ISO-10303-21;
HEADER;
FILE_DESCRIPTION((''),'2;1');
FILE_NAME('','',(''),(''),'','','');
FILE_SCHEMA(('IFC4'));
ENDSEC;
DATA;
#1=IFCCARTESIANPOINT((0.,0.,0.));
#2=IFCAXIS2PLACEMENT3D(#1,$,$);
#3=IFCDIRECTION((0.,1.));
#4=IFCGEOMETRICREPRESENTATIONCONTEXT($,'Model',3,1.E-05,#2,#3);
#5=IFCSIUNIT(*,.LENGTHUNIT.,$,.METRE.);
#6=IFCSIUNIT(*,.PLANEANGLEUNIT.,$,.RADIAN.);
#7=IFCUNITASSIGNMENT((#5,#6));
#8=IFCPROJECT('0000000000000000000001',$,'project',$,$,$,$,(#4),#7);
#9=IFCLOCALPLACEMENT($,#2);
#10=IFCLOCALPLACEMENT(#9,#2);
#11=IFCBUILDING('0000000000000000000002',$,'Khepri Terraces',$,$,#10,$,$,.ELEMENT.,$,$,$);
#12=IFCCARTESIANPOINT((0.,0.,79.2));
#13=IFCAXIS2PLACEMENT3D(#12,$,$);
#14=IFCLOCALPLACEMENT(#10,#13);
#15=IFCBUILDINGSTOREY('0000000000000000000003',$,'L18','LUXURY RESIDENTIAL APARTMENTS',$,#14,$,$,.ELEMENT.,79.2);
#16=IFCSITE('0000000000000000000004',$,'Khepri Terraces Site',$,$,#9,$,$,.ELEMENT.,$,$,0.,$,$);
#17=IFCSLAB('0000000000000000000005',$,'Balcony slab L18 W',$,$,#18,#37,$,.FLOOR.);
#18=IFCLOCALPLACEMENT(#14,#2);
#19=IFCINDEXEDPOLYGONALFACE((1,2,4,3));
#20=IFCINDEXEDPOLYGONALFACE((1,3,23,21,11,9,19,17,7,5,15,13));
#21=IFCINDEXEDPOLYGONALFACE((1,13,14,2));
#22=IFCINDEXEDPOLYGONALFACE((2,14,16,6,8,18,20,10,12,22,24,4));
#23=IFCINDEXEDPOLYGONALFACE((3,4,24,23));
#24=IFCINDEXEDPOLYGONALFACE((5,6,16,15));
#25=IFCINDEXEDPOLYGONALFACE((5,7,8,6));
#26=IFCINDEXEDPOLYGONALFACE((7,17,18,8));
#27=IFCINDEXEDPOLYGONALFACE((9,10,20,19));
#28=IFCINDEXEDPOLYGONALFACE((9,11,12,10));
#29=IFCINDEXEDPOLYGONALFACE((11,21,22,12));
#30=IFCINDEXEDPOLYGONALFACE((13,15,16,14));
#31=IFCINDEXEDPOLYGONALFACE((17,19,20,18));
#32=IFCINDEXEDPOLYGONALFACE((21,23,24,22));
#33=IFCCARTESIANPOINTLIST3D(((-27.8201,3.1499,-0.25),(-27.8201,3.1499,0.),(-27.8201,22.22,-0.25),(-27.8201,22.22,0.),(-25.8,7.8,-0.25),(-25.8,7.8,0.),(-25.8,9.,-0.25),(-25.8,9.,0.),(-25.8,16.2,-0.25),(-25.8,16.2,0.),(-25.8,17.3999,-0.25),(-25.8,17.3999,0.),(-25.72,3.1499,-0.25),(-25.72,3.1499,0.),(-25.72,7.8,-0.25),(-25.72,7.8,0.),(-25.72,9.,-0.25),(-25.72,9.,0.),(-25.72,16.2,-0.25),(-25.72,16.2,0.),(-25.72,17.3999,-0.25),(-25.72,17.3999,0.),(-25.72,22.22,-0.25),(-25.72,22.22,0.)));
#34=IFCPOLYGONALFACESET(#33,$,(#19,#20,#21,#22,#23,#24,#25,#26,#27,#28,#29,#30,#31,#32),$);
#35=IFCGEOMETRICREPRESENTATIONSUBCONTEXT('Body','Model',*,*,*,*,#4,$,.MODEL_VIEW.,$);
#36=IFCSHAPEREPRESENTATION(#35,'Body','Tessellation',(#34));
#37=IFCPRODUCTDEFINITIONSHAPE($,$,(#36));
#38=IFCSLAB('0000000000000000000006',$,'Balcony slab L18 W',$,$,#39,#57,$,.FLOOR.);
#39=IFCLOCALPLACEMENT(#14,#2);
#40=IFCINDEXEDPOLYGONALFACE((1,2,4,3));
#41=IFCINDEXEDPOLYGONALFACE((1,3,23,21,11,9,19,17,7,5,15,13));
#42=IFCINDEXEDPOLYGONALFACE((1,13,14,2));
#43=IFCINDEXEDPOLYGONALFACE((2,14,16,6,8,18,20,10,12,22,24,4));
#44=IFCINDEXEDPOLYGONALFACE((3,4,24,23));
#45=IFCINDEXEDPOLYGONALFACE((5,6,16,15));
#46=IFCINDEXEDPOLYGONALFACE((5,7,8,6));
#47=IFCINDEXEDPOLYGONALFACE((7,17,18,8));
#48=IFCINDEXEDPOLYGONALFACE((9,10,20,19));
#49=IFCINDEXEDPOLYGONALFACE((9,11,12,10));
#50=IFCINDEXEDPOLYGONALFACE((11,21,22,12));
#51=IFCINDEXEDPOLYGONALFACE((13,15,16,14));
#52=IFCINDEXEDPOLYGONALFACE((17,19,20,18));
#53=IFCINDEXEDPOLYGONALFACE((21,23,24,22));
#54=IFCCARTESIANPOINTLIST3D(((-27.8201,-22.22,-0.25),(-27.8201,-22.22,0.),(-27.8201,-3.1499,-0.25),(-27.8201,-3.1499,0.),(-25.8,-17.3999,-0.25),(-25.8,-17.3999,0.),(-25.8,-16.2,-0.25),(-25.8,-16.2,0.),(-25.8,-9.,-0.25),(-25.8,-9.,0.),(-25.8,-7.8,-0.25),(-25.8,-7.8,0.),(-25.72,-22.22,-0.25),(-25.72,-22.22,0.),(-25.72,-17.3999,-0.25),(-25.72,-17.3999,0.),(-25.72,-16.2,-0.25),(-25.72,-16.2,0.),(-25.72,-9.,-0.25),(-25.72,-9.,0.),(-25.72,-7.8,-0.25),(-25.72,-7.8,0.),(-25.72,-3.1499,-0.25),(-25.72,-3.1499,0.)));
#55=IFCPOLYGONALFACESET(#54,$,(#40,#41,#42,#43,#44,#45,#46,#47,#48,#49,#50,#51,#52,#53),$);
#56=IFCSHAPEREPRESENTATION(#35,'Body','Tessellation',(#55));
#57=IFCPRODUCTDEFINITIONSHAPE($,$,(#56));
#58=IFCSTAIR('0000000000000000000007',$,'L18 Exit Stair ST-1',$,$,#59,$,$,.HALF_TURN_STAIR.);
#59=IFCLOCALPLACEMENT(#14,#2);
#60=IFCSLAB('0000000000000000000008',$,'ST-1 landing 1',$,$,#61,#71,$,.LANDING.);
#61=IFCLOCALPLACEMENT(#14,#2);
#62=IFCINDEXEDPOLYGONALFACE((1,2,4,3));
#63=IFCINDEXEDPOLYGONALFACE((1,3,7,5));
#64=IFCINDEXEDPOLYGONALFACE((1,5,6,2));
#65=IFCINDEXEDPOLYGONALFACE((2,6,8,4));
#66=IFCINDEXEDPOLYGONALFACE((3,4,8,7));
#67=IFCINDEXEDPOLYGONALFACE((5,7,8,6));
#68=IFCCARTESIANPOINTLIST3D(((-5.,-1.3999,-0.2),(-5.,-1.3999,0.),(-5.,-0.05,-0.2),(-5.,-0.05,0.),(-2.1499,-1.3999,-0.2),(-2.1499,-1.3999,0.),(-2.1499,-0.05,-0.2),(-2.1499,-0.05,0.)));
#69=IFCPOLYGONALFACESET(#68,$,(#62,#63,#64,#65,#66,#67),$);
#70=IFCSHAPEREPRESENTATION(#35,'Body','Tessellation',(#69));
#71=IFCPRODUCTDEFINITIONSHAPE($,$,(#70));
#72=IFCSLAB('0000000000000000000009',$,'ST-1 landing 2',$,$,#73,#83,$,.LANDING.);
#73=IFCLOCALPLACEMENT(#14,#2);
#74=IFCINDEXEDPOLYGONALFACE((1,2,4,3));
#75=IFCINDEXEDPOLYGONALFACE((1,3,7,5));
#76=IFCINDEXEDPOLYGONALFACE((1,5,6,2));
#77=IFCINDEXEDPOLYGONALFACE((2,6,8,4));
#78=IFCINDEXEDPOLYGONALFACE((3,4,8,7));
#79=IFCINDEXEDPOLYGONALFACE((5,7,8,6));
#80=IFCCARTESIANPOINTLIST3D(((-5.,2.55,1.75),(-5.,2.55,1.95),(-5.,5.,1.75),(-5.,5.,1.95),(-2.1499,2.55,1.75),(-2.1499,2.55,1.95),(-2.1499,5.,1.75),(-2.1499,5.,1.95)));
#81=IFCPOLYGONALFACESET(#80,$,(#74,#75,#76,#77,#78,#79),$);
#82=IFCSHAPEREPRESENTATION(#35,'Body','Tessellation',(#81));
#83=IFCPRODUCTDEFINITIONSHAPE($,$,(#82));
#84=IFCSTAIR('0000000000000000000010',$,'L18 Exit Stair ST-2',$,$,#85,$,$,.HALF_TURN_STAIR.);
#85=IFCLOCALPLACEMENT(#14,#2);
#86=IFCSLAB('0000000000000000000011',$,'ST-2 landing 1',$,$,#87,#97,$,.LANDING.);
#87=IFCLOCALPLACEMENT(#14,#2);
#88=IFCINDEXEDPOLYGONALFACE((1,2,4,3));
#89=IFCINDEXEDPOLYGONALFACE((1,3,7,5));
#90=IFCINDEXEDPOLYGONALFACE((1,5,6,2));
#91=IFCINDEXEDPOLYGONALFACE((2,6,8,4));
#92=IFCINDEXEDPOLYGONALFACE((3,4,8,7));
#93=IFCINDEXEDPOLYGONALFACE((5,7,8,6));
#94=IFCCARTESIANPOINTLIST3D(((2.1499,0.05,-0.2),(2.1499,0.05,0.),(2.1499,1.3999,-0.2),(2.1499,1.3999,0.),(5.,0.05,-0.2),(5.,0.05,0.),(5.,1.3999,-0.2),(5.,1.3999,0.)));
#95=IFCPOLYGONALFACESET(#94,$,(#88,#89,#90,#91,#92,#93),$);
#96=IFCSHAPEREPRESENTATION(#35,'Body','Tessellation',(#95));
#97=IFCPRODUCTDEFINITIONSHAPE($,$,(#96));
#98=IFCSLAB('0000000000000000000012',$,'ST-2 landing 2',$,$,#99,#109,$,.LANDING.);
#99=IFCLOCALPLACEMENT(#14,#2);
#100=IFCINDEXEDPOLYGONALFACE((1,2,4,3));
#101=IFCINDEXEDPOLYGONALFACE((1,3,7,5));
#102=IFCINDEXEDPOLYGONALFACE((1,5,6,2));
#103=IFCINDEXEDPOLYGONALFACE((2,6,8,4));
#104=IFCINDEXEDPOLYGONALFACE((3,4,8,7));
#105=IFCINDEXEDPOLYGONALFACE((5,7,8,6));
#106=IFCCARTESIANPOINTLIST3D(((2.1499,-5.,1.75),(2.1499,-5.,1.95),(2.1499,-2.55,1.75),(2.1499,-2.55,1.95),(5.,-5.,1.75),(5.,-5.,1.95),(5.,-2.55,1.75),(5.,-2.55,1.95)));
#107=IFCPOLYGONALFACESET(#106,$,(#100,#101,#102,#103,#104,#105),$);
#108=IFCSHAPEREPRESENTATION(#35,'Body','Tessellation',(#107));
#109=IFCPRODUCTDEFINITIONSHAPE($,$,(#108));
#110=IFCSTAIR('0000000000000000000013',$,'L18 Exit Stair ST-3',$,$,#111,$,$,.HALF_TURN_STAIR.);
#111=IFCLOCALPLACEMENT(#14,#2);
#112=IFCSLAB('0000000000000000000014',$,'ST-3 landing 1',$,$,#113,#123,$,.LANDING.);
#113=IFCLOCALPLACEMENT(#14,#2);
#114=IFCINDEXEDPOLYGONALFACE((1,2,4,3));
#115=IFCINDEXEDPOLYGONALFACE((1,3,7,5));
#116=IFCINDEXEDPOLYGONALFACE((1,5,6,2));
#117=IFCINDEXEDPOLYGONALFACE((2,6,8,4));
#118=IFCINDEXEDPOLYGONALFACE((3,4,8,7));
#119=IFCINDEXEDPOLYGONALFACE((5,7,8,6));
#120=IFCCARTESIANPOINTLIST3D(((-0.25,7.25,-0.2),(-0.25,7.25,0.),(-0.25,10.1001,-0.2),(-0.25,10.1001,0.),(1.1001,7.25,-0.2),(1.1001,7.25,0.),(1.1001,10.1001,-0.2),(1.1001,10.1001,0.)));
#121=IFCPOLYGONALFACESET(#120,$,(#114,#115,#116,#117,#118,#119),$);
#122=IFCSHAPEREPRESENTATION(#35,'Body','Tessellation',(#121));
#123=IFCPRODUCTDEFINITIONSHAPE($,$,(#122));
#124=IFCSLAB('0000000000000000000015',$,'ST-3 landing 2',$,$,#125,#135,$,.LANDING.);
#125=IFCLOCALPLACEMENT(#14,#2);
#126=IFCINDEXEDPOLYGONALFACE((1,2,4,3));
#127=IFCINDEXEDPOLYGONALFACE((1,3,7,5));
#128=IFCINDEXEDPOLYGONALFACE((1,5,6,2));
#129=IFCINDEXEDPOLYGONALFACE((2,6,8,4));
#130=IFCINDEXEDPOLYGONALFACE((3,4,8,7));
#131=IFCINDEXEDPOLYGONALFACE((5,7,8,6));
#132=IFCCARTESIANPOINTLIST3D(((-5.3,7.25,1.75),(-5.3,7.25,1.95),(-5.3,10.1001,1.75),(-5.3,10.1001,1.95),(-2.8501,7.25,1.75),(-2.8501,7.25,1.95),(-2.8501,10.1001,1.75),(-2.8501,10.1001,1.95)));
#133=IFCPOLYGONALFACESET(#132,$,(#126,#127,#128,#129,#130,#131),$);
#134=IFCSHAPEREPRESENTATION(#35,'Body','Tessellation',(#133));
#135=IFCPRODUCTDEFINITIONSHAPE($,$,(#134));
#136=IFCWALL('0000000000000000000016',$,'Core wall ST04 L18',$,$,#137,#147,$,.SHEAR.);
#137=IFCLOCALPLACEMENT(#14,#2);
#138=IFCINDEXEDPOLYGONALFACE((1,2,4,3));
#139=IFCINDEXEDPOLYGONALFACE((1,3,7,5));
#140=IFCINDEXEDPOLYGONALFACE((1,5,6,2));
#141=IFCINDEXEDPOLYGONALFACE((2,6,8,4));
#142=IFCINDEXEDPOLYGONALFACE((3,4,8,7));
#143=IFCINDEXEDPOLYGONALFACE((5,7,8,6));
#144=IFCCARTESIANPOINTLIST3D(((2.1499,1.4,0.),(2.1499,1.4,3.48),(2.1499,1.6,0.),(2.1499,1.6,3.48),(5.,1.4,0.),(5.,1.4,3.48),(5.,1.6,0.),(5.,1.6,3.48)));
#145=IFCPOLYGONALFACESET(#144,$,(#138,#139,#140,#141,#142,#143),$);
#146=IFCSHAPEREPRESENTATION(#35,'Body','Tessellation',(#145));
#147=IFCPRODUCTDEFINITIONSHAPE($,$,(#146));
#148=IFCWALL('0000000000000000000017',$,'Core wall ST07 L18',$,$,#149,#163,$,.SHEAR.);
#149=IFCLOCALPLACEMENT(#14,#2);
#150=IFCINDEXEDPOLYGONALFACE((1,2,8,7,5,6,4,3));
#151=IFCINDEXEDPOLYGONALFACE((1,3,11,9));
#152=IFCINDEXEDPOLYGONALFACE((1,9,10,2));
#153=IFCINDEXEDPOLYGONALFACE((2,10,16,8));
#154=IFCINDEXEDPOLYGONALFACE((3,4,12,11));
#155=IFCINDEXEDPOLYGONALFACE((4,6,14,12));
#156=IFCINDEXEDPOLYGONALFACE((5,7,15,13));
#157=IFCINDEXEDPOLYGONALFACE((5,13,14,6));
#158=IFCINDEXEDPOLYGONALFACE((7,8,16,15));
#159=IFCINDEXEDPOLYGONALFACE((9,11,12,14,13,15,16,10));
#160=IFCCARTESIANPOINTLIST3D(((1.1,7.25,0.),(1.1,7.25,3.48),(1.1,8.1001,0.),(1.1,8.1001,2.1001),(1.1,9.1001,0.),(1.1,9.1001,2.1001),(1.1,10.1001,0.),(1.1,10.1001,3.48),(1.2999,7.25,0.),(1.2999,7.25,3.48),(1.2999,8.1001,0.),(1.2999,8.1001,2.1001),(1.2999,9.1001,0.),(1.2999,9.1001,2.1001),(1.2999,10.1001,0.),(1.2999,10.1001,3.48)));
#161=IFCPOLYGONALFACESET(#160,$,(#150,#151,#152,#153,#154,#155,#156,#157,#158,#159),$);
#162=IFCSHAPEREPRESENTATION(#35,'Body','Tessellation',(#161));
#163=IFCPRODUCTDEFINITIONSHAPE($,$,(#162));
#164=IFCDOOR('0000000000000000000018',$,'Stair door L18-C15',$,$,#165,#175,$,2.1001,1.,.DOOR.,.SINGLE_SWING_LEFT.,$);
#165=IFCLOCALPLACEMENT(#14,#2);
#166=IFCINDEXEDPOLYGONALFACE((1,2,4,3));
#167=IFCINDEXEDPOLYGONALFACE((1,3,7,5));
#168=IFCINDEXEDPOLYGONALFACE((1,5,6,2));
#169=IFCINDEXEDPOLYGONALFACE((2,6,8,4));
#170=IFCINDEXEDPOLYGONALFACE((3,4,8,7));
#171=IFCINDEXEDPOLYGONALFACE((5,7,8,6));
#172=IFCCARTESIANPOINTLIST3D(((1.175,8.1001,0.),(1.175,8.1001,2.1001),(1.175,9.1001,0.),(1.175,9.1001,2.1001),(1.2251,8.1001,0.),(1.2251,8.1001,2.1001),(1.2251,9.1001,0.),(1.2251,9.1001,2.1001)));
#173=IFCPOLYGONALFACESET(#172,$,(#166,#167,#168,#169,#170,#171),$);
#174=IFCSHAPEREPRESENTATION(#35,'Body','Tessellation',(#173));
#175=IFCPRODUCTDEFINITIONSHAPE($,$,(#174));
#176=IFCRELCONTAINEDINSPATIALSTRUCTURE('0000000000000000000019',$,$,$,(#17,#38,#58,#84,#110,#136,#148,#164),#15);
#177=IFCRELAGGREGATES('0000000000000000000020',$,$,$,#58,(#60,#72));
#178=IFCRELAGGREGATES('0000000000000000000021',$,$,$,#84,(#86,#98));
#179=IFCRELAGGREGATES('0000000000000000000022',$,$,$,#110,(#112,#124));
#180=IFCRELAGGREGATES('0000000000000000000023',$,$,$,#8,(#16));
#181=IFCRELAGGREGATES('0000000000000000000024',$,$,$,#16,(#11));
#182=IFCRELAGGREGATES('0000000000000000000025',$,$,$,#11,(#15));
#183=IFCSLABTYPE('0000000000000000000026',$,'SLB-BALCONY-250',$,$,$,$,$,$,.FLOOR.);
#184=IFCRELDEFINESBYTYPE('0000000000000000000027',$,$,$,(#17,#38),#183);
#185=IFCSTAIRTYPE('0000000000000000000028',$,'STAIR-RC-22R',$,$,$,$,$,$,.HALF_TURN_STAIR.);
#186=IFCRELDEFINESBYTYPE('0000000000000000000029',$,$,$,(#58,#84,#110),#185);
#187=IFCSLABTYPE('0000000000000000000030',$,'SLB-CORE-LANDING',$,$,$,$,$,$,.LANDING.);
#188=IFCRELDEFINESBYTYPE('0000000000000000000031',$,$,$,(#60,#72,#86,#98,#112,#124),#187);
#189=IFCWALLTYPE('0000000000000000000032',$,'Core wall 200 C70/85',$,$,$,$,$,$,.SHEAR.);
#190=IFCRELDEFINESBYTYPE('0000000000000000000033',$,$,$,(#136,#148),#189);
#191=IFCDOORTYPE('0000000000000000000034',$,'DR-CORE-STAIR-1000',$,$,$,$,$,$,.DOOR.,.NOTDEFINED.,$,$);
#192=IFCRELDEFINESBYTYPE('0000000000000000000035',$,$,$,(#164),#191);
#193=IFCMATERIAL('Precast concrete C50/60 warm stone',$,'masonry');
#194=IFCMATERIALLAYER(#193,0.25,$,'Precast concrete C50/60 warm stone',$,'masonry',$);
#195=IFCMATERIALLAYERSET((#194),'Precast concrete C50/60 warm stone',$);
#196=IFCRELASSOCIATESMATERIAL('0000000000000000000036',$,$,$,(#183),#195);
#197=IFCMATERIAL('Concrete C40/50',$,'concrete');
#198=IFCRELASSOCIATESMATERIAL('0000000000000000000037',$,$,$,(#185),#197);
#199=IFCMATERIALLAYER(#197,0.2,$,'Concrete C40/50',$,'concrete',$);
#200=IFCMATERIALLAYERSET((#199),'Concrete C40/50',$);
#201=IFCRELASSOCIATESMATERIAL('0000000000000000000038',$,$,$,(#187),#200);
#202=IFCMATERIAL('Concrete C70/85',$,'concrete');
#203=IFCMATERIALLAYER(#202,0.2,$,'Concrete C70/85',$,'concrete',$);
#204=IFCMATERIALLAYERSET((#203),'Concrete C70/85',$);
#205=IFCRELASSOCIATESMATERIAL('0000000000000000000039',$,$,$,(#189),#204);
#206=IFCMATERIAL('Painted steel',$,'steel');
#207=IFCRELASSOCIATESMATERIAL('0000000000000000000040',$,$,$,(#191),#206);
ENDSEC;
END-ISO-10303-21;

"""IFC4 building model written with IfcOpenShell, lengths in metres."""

from ifc_helpers import new_model, si_unit, direction, frame, frame_2d, origin, place, context, subcontext, project, spatial, polyline, rectangle, outline, extrude, material, layer, layer_set, type_object, element, fill, aggregate, save


model = new_model("IFC4")

# Units and contexts
model_context = context("Model", 3, precision=1e-05, world=origin(), true_north=direction((0.0, 1.0)))
body_context = subcontext(model_context, "Body", "Model", "MODEL_VIEW")
ifc_project = project(units=[si_unit("LENGTHUNIT", "METRE"), si_unit("PLANEANGLEUNIT", "RADIAN")], contexts=[model_context])

# Site, building, storey
site_placement = place(None, origin())
site = spatial("IfcSite", under=ifc_project, at=site_placement, Name="Khepri Terraces Site", CompositionType="ELEMENT", RefElevation=0.0)
building_placement = place(site_placement, origin())
building = spatial("IfcBuilding", under=site, at=building_placement, Name="Khepri Terraces", CompositionType="ELEMENT")
storey_placement = place(building_placement, frame((0.0, 0.0, 79.2)))
storey = spatial("IfcBuildingStorey", under=building, at=storey_placement, Name="L18", Description="LUXURY RESIDENTIAL APARTMENTS", CompositionType="ELEMENT", Elevation=79.2)

# Slabs
ifc_material_1 = material(Name="Precast concrete C50/60 warm stone", Category="masonry")
ifc_layer_1 = layer(ifc_material_1, 0.25, Name="Precast concrete C50/60 warm stone", Category="masonry")
ifc_layer_set_1 = layer_set([ifc_layer_1], Name="Precast concrete C50/60 warm stone")
slab_type_1 = type_object("IfcSlabType", Name="SLB-BALCONY-250", PredefinedType="FLOOR", material=ifc_layer_set_1)
slab_1_placement = place(storey_placement, frame((0.0, 0.0, -0.25)))
element("IfcSlab", 1, at=slab_1_placement, inside=storey, type_object=slab_type_1, Name="Balcony slab L18 W", PredefinedType="FLOOR", context=body_context, shape_type="SweptSolid", body=[
    extrude(outline(polyline([(-25.72, 17.3999), (-25.72, 22.22), (-27.8201, 22.22), (-27.8201, 3.1499), (-25.72, 3.1499), (-25.72, 7.8), (-25.8, 7.8), (-25.8, 9.0), (-25.72, 9.0), (-25.72, 16.2), (-25.8, 16.2), (-25.8, 17.3999), (-25.72, 17.3999)])), origin(), (0.0, 0.0, 1.0), 0.25),
])
slab_2_placement = place(storey_placement, frame((0.0, 0.0, -0.25)))
element("IfcSlab", 2, at=slab_2_placement, inside=storey, type_object=slab_type_1, Name="Balcony slab L18 W", PredefinedType="FLOOR", context=body_context, shape_type="SweptSolid", body=[
    extrude(outline(polyline([(-25.72, -7.8), (-25.72, -3.1499), (-27.8201, -3.1499), (-27.8201, -22.22), (-25.72, -22.22), (-25.72, -17.3999), (-25.8, -17.3999), (-25.8, -16.2), (-25.72, -16.2), (-25.72, -9.0), (-25.8, -9.0), (-25.8, -7.8), (-25.72, -7.8)])), origin(), (0.0, 0.0, 1.0), 0.25),
])

# Stairs, slabs
ifc_material_2 = material(Name="Concrete C40/50", Category="concrete")
stair_type = type_object("IfcStairType", Name="STAIR-RC-22R", PredefinedType="HALF_TURN_STAIR", material=ifc_material_2)
stair_1_placement = place(storey_placement, origin())
stair_1 = element("IfcStair", 3, at=stair_1_placement, inside=storey, type_object=stair_type, Name="L18 Exit Stair ST-1", PredefinedType="HALF_TURN_STAIR")
ifc_layer_2 = layer(ifc_material_2, 0.2, Name="Concrete C40/50", Category="concrete")
ifc_layer_set_2 = layer_set([ifc_layer_2], Name="Concrete C40/50")
slab_type_2 = type_object("IfcSlabType", Name="SLB-CORE-LANDING", PredefinedType="LANDING", material=ifc_layer_set_2)
slab_3_placement = place(storey_placement, frame((0.0, 0.0, -0.2)))
slab_3 = element("IfcSlab", 4, at=slab_3_placement, type_object=slab_type_2, Name="ST-1 landing 1", PredefinedType="LANDING", context=body_context, shape_type="SweptSolid", body=[
    extrude(outline(polyline([(-2.1499, -1.3999), (-2.1499, -0.05), (-5.0, -0.05), (-5.0, -1.3999), (-2.1499, -1.3999)])), origin(), (0.0, 0.0, 1.0), 0.2),
])
slab_4_placement = place(storey_placement, frame((0.0, 0.0, 1.75)))
slab_4 = element("IfcSlab", 5, at=slab_4_placement, type_object=slab_type_2, Name="ST-1 landing 2", PredefinedType="LANDING", context=body_context, shape_type="SweptSolid", body=[
    extrude(outline(polyline([(-2.1499, 2.55), (-2.1499, 5.0), (-5.0, 5.0), (-5.0, 2.55), (-2.1499, 2.55)])), origin(), (0.0, 0.0, 1.0), 0.2),
])
aggregate(stair_1, [slab_3, slab_4])
stair_2_placement = place(storey_placement, origin())
stair_2 = element("IfcStair", 6, at=stair_2_placement, inside=storey, type_object=stair_type, Name="L18 Exit Stair ST-2", PredefinedType="HALF_TURN_STAIR")
slab_5_placement = place(storey_placement, frame((0.0, 0.0, -0.2)))
slab_5 = element("IfcSlab", 7, at=slab_5_placement, type_object=slab_type_2, Name="ST-2 landing 1", PredefinedType="LANDING", context=body_context, shape_type="SweptSolid", body=[
    extrude(outline(polyline([(2.1499, 1.3999), (2.1499, 0.05), (5.0, 0.05), (5.0, 1.3999), (2.1499, 1.3999)])), origin(), (0.0, 0.0, 1.0), 0.2),
])
slab_6_placement = place(storey_placement, frame((0.0, 0.0, 1.75)))
slab_6 = element("IfcSlab", 8, at=slab_6_placement, type_object=slab_type_2, Name="ST-2 landing 2", PredefinedType="LANDING", context=body_context, shape_type="SweptSolid", body=[
    extrude(outline(polyline([(2.1499, -2.55), (2.1499, -5.0), (5.0, -5.0), (5.0, -2.55), (2.1499, -2.55)])), origin(), (0.0, 0.0, 1.0), 0.2),
])
aggregate(stair_2, [slab_5, slab_6])
stair_3_placement = place(storey_placement, origin())
stair_3 = element("IfcStair", 9, at=stair_3_placement, inside=storey, type_object=stair_type, Name="L18 Exit Stair ST-3", PredefinedType="HALF_TURN_STAIR")
slab_7_placement = place(storey_placement, frame((0.0, 0.0, -0.2)))
slab_7 = element("IfcSlab", 10, at=slab_7_placement, type_object=slab_type_2, Name="ST-3 landing 1", PredefinedType="LANDING", context=body_context, shape_type="SweptSolid", body=[
    extrude(outline(polyline([(1.1001, 10.1001), (-0.25, 10.1001), (-0.25, 7.25), (1.1001, 7.25), (1.1001, 10.1001)])), origin(), (0.0, 0.0, 1.0), 0.2),
])
slab_8_placement = place(storey_placement, frame((0.0, 0.0, 1.75)))
slab_8 = element("IfcSlab", 11, at=slab_8_placement, type_object=slab_type_2, Name="ST-3 landing 2", PredefinedType="LANDING", context=body_context, shape_type="SweptSolid", body=[
    extrude(outline(polyline([(-2.8501, 10.1001), (-5.3, 10.1001), (-5.3, 7.25), (-2.8501, 7.25), (-2.8501, 10.1001)])), origin(), (0.0, 0.0, 1.0), 0.2),
])
aggregate(stair_3, [slab_7, slab_8])

# Wall
ifc_material_3 = material(Name="Concrete C70/85", Category="concrete")
ifc_layer_3 = layer(ifc_material_3, 0.2, Name="Concrete C70/85", Category="concrete")
ifc_layer_set_3 = layer_set([ifc_layer_3], Name="Concrete C70/85")
wall_type = type_object("IfcWallType", Name="Core wall 200 C70/85", PredefinedType="SHEAR", material=ifc_layer_set_3)
wall_1_placement = place(storey_placement, frame((2.1499, 1.5, 0.0), z_axis=(0.0, 0.0, 1.0), x_axis=(1.0, 0.0, 0.0)))
element("IfcWall", 12, at=wall_1_placement, inside=storey, type_object=wall_type, Name="Core wall ST04 L18", PredefinedType="SHEAR", context=body_context, shape_type="SweptSolid", body=[
    extrude(rectangle(XDim=2.8501, YDim=0.2, at=frame_2d((1.425, 0.0))), origin(), (0.0, 0.0, 1.0), 3.48),
])

# Wall, opening, door
wall_2_placement = place(storey_placement, frame((1.2, 7.25, 0.0), z_axis=(0.0, 0.0, 1.0), x_axis=(0.0, 1.0, 0.0)))
wall_2 = element("IfcWall", 13, at=wall_2_placement, inside=storey, type_object=wall_type, Name="Core wall ST07 L18", PredefinedType="SHEAR", context=body_context, shape_type="SweptSolid", body=[
    extrude(rectangle(XDim=2.8501, YDim=0.2, at=frame_2d((1.425, 0.0))), origin(), (0.0, 0.0, 1.0), 3.48),
])
opening_1_placement = place(wall_2_placement, frame((0.8501, 0.0, 0.0)))
opening_1 = element("IfcOpeningElement", 14, at=opening_1_placement, cuts=wall_2, PredefinedType="OPENING", context=body_context, shape_type="SweptSolid", body=[
    extrude(rectangle(XDim=1.0, YDim=2.1001, at=frame_2d((0.5, 1.05))), frame((0.0, 0.1099, 0.0), z_axis=(0.0, -1.0, 0.0), x_axis=(1.0, 0.0, 0.0)), (0.0, 0.0, 1.0), 0.22),
])
ifc_material_4 = material(Name="Painted steel", Category="steel")
door_type_1 = type_object("IfcDoorType", Name="DR-CORE-STAIR-1000", OperationType="NOTDEFINED", PredefinedType="DOOR", material=ifc_material_4)
door_1_placement = place(opening_1_placement, origin())
door_1 = element("IfcDoor", 15, at=door_1_placement, inside=storey, type_object=door_type_1, Name="Stair door L18-C15", OperationType="SINGLE_SWING_LEFT", OverallHeight=2.1001, OverallWidth=1.0, PredefinedType="DOOR", context=body_context, shape_type="SweptSolid", body=[
    extrude(rectangle(XDim=1.0, YDim=2.1001, at=frame_2d((0.5, 1.05))), frame((0.0, 0.0249, 0.0), z_axis=(0.0, -1.0, 0.0), x_axis=(1.0, 0.0, 0.0)), (0.0, 0.0, 1.0), 0.05),
])
fill(opening_1, door_1)

save(model, "model.ifc")
